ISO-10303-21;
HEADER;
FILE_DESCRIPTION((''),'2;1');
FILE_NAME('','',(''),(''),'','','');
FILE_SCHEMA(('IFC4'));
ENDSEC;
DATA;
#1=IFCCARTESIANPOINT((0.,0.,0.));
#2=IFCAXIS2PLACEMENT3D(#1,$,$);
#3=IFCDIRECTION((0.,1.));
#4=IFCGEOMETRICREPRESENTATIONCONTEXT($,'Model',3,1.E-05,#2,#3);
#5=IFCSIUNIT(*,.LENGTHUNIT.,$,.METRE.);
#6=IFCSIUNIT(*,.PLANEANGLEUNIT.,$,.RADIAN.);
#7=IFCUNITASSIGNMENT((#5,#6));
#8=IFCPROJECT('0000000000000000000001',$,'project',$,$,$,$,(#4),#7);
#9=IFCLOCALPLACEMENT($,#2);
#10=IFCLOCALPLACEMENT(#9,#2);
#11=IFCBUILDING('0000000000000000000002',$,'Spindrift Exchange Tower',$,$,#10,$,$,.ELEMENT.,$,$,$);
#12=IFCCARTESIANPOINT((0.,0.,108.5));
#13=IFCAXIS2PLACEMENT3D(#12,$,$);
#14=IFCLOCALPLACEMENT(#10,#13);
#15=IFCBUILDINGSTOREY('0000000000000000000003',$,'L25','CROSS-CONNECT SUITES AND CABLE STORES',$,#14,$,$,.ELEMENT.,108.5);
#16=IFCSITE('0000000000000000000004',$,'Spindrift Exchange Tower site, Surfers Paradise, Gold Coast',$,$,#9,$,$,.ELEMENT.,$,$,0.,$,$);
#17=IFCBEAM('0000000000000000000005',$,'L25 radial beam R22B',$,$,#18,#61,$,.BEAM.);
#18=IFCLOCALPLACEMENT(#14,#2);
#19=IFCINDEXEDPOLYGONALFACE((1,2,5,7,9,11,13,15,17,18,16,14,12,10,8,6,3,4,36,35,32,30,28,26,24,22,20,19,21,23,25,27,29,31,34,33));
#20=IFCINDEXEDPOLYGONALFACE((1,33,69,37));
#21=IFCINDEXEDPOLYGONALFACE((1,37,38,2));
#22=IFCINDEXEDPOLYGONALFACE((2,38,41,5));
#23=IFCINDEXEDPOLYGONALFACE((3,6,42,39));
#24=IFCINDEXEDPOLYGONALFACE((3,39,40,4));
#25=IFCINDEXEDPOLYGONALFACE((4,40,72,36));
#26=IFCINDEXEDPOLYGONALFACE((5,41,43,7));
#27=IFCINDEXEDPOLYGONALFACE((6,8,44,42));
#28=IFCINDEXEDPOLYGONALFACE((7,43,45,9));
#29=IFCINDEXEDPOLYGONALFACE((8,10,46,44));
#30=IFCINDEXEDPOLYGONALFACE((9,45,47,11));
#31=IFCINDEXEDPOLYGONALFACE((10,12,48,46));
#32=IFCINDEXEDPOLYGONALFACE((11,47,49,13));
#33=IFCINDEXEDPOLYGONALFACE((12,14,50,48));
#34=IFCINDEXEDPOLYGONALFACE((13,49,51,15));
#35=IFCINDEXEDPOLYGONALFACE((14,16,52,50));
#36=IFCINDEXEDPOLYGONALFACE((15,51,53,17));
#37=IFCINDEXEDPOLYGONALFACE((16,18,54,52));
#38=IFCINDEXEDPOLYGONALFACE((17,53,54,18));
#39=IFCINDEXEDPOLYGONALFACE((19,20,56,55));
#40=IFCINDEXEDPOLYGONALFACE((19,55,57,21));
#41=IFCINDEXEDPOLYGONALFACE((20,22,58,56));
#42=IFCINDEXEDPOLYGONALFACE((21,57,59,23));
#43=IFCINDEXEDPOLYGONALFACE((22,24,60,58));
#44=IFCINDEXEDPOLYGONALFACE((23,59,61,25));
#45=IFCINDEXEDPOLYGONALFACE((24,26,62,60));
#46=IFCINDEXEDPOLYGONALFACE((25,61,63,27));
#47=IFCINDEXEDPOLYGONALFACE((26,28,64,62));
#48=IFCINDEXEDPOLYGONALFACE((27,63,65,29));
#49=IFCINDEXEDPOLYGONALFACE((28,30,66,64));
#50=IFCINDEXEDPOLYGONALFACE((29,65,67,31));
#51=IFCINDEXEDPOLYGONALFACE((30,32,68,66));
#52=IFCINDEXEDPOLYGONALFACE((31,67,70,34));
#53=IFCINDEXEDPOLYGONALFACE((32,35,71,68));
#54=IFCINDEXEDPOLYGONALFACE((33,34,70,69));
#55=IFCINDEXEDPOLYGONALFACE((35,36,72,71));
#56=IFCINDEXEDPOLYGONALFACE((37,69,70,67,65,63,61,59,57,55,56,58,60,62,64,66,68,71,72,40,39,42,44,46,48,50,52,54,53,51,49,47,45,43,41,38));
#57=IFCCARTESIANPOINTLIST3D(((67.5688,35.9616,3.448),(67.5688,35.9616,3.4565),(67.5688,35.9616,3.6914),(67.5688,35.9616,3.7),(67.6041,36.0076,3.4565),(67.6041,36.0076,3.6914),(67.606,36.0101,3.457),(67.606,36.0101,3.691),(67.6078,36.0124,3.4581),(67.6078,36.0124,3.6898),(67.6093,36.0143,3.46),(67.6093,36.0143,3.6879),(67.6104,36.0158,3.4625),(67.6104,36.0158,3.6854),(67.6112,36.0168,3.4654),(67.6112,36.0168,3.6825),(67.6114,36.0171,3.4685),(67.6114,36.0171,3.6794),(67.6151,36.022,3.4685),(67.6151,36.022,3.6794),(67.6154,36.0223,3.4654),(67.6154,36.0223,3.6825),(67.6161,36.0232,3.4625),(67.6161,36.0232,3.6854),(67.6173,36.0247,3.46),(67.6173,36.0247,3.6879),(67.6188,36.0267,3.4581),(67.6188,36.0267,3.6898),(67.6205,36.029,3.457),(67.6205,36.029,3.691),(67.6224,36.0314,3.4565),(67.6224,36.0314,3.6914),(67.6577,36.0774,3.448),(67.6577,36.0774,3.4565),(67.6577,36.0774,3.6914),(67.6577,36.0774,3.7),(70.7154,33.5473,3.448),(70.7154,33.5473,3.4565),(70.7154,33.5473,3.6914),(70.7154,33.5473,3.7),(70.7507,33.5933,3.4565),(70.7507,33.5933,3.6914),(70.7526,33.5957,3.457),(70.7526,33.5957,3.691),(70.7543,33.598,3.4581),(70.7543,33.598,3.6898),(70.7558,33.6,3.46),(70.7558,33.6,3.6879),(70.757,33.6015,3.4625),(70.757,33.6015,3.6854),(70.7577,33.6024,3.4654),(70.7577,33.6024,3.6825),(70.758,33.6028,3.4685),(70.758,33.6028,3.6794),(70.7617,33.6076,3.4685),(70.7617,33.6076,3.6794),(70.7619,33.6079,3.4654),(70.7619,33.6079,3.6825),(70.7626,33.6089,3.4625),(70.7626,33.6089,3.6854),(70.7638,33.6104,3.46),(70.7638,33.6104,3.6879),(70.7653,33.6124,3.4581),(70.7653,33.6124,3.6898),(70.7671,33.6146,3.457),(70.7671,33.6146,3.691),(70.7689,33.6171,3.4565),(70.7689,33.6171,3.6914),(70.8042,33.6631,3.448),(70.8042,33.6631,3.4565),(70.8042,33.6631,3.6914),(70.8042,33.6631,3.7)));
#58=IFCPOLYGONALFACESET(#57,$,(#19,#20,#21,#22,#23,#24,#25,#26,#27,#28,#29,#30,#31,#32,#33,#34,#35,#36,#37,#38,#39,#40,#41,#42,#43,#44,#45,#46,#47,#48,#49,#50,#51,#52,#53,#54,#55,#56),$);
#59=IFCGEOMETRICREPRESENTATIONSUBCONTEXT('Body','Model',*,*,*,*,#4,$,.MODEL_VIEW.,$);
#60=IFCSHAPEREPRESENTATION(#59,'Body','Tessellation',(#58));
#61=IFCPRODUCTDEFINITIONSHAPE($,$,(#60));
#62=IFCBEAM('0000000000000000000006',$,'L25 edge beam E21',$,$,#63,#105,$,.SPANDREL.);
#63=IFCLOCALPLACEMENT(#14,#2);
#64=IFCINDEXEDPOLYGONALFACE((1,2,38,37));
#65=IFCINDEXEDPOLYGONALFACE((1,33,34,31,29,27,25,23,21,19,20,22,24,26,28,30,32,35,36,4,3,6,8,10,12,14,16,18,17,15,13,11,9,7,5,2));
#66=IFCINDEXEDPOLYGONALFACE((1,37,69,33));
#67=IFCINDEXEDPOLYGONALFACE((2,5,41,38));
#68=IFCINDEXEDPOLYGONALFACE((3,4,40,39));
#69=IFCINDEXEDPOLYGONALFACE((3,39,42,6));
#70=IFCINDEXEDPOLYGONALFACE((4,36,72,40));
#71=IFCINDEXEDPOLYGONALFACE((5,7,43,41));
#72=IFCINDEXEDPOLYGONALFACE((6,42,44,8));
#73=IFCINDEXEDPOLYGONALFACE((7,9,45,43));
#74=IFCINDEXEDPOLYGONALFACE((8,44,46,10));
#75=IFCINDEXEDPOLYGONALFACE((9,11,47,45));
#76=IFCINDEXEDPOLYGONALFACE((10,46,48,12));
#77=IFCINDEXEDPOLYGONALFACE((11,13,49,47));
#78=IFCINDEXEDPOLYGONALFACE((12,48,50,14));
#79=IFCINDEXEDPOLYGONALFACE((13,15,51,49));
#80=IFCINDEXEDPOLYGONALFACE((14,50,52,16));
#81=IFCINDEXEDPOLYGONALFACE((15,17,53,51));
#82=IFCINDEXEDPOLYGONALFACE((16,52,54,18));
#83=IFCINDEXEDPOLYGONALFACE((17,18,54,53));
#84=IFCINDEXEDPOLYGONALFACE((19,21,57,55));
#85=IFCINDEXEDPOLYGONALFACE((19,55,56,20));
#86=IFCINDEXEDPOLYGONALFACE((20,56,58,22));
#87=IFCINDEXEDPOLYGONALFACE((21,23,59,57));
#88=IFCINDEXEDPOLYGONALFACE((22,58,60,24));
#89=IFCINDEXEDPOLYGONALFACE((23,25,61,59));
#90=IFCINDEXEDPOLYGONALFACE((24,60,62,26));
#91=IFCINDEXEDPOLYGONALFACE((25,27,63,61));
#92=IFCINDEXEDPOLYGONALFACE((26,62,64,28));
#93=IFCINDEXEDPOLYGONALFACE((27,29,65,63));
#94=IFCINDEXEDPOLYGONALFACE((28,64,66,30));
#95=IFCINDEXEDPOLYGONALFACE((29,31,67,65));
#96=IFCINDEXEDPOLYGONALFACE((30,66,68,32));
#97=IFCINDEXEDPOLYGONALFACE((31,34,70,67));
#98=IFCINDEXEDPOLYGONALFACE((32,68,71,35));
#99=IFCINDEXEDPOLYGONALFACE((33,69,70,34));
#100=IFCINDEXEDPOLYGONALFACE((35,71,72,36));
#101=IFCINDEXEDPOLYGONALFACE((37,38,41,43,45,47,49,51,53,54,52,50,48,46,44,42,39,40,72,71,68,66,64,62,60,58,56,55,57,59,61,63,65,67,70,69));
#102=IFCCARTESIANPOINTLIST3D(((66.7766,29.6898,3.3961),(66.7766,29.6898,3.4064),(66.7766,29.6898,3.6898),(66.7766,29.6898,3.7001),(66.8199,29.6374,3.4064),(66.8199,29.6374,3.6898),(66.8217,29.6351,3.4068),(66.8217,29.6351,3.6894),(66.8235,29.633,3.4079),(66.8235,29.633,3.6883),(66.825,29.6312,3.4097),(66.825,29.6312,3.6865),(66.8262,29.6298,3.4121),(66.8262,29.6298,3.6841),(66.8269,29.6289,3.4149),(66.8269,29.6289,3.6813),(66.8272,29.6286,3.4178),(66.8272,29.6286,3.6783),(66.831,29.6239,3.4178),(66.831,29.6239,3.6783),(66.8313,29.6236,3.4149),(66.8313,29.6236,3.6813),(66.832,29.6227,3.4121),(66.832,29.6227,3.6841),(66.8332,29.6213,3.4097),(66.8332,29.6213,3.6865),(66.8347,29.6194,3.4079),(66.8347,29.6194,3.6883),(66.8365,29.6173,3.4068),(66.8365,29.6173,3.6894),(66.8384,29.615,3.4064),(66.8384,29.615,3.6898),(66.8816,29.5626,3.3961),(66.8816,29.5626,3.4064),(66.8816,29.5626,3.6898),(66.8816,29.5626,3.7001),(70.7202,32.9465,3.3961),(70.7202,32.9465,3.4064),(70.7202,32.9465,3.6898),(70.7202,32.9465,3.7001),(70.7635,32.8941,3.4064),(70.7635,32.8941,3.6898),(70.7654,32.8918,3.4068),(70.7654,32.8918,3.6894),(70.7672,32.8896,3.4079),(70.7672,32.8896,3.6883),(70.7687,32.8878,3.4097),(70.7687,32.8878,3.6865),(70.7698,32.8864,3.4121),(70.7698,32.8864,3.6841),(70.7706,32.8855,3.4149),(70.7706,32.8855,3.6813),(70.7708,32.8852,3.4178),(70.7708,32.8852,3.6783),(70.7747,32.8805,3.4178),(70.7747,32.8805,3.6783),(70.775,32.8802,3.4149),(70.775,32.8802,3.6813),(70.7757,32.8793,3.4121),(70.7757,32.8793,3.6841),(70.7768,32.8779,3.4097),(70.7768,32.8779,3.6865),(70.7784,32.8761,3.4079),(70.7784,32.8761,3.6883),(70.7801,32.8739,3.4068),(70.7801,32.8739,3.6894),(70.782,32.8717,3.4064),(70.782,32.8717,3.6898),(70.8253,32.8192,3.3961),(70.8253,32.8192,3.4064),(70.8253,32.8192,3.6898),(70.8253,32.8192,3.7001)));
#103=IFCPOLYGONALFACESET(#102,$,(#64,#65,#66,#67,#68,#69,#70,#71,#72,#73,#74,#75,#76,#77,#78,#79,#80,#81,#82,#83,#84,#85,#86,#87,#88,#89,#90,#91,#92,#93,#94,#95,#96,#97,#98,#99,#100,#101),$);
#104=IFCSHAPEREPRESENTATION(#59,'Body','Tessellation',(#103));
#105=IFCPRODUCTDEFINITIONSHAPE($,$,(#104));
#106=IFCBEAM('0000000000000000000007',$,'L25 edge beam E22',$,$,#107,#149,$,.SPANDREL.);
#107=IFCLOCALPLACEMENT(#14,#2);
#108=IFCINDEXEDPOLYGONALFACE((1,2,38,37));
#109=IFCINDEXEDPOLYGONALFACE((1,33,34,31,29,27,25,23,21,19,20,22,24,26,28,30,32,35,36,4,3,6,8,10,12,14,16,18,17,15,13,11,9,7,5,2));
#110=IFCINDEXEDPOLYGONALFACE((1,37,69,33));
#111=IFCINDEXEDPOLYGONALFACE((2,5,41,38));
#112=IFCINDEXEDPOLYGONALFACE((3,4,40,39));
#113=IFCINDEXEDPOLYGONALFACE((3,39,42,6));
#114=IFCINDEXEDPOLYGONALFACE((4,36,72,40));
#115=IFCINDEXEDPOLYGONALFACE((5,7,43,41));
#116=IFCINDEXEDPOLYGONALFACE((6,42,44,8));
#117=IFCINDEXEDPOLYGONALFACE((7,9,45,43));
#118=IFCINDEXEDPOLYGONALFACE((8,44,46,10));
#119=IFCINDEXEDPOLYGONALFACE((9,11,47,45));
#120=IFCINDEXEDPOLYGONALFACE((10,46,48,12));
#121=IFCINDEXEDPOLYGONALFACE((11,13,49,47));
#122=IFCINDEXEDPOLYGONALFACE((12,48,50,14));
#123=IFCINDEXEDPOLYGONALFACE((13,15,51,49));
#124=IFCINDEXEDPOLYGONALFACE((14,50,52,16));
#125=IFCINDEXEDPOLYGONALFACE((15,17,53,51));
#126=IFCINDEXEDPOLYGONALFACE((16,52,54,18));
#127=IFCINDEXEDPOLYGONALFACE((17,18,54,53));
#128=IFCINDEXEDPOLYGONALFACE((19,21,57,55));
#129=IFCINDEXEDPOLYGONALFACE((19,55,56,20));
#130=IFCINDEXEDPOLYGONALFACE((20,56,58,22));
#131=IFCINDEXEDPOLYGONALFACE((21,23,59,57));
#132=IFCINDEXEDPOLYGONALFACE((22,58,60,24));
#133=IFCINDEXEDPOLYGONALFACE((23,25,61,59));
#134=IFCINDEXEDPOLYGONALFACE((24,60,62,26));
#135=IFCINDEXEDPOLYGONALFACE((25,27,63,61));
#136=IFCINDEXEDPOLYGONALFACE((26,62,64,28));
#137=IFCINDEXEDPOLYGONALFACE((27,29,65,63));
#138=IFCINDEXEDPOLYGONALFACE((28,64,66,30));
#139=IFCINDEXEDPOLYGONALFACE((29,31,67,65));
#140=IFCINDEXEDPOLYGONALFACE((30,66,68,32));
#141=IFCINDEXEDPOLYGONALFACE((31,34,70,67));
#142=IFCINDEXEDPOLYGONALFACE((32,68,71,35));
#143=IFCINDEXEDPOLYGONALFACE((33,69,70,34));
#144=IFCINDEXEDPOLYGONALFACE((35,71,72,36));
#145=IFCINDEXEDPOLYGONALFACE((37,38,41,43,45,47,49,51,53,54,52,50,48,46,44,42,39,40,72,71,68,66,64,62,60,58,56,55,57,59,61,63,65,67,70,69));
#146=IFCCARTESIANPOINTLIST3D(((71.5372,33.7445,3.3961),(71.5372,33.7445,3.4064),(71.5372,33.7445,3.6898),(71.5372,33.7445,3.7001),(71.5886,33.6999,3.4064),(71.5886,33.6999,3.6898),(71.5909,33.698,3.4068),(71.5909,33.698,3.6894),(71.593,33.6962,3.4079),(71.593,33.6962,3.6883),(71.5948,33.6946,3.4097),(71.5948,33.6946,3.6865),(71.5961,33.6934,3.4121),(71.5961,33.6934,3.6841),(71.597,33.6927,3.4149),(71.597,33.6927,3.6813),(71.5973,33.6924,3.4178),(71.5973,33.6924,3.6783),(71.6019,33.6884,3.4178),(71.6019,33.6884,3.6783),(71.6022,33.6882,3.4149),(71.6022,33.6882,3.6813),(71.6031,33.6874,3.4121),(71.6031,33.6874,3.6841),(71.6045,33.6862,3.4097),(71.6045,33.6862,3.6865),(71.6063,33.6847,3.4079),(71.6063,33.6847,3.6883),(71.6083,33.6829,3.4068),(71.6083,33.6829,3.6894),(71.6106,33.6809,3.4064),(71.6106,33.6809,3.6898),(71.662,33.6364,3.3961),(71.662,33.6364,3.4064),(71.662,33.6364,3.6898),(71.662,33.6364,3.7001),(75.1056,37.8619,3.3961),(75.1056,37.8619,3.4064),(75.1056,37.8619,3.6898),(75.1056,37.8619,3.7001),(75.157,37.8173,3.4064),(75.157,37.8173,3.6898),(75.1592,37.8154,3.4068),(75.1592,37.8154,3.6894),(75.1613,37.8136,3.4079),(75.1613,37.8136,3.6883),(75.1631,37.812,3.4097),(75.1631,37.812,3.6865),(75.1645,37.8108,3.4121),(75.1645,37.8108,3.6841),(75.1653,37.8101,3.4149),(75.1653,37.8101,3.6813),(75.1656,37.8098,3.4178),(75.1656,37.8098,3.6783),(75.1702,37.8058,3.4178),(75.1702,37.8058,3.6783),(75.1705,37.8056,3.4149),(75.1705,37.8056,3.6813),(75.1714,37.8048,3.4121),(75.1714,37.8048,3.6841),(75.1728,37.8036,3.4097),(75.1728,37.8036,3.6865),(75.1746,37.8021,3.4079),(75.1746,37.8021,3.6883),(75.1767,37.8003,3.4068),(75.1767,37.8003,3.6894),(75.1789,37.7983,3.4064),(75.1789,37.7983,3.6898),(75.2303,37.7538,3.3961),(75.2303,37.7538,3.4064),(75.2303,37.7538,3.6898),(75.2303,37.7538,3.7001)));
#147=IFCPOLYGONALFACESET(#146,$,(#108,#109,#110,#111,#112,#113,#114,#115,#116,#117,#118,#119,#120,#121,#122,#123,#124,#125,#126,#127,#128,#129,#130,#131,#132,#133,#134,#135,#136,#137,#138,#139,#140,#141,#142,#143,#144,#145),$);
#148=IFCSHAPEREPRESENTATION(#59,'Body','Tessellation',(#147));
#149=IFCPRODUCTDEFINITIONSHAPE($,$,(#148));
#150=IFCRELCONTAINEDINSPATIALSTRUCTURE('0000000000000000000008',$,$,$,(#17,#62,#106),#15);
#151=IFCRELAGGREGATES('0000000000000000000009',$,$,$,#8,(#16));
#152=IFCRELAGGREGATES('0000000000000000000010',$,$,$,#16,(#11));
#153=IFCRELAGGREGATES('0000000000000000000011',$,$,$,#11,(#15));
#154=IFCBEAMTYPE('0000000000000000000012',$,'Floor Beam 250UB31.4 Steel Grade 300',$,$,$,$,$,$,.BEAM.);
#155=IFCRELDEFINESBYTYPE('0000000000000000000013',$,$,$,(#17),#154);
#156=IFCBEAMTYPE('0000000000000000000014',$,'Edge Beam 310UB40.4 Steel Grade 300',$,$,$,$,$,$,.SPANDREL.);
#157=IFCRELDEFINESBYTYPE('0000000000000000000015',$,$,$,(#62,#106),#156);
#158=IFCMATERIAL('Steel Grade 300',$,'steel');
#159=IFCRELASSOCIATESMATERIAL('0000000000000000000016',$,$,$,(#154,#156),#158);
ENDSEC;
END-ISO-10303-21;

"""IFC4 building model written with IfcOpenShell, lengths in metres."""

from ifc_helpers import new_model, si_unit, direction, frame, origin, origin_2d, place, context, subcontext, project, spatial, i_section, extrude, source, transform, mapped, material, material_profile, profile_set, type_object, element, save


model = new_model("IFC4")

# Units and contexts
model_context = context("Model", 3, precision=1e-05, world=origin(), true_north=direction((0.0, 1.0)))
body_context = subcontext(model_context, "Body", "Model", "MODEL_VIEW")
ifc_project = project(units=[si_unit("LENGTHUNIT", "METRE"), si_unit("PLANEANGLEUNIT", "RADIAN")], contexts=[model_context])

# Site, building, storey
site_placement = place(None, origin())
site = spatial("IfcSite", under=ifc_project, at=site_placement, Name="Spindrift Exchange Tower site, Surfers Paradise, Gold Coast", CompositionType="ELEMENT", RefElevation=0.0)
building_placement = place(site_placement, origin())
building = spatial("IfcBuilding", under=site, at=building_placement, Name="Spindrift Exchange Tower", CompositionType="ELEMENT")
storey_placement = place(building_placement, frame((0.0, 0.0, 108.5)))
storey = spatial("IfcBuildingStorey", under=building, at=storey_placement, Name="L25", Description="CROSS-CONNECT SUITES AND CABLE STORES", CompositionType="ELEMENT", Elevation=108.5)

# Beams
ifc_material_1 = material(Name="Steel Grade 300", Category="steel")
ifc_material_profile_1 = material_profile(ifc_material_1, i_section(OverallWidth=0.146, OverallDepth=0.252, WebThickness=0.0061, FlangeThickness=0.0085, FilletRadius=0.012, at=origin_2d()), Name="250UB31.4")
ifc_profile_set_1 = profile_set([ifc_material_profile_1], Name="Steel Grade 300")
beam_type_1 = type_object("IfcBeamType", Name="Floor Beam 250UB31.4 Steel Grade 300", PredefinedType="BEAM", material=ifc_profile_set_1)
shared_shape_1 = source(origin(), body_context, "Body", "SweptSolid", [
    extrude(i_section(OverallWidth=0.146, OverallDepth=0.252, WebThickness=0.0061, FlangeThickness=0.0085, FilletRadius=0.012, at=origin_2d()), origin(), (0.0, 0.0, 1.0), 3.9661),
])
beam_1_placement = place(storey_placement, frame((67.6133, 36.0195, 3.574), z_axis=(0.793363, -0.608749, 0.0), x_axis=(0.608749, 0.793363, 0.0)))
element("IfcBeam", 1, at=beam_1_placement, inside=storey, type_object=beam_type_1, Name="L25 radial beam R22B", PredefinedType="BEAM", context=body_context, shape_type="MappedRepresentation", body=[
    mapped(shared_shape_1, transform((0.0, 0.0, 0.0), scale=1.0)),
])
ifc_material_profile_2 = material_profile(ifc_material_1, i_section(OverallWidth=0.165, OverallDepth=0.304, WebThickness=0.0061, FlangeThickness=0.0103, FilletRadius=0.0115, at=origin_2d()), Name="310UB40.4")
ifc_profile_set_2 = profile_set([ifc_material_profile_2], Name="Steel Grade 300")
beam_type_2 = type_object("IfcBeamType", Name="Edge Beam 310UB40.4 Steel Grade 300", PredefinedType="SPANDREL", material=ifc_profile_set_2)
shared_shape_2 = source(origin(), body_context, "Body", "SweptSolid", [
    extrude(i_section(OverallWidth=0.165, OverallDepth=0.304, WebThickness=0.0061, FlangeThickness=0.0103, FilletRadius=0.0115, at=origin_2d()), origin(), (0.0, 0.0, 1.0), 5.1145),
])
beam_2_placement = place(storey_placement, frame((66.8291, 29.6262, 3.5481), z_axis=(0.771074, 0.636746, 0.0), x_axis=(-0.636746, 0.771074, 0.0)))
element("IfcBeam", 2, at=beam_2_placement, inside=storey, type_object=beam_type_2, Name="L25 edge beam E21", PredefinedType="SPANDREL", context=body_context, shape_type="MappedRepresentation", body=[
    mapped(shared_shape_2, transform((0.0, 0.0, 0.0), scale=1.0)),
])
shared_shape_3 = source(origin(), body_context, "Body", "SweptSolid", [
    extrude(i_section(OverallWidth=0.165, OverallDepth=0.304, WebThickness=0.0061, FlangeThickness=0.0103, FilletRadius=0.0115, at=origin_2d()), origin(), (0.0, 0.0, 1.0), 5.4485),
])
beam_3_placement = place(storey_placement, frame((71.5996, 33.6904, 3.5481), z_axis=(0.654922, 0.755696, 0.0), x_axis=(-0.755696, 0.654922, 0.0)))
element("IfcBeam", 3, at=beam_3_placement, inside=storey, type_object=beam_type_2, Name="L25 edge beam E22", PredefinedType="SPANDREL", context=body_context, shape_type="MappedRepresentation", body=[
    mapped(shared_shape_3, transform((0.0, 0.0, 0.0), scale=1.0)),
])

save(model, "model.ifc")
